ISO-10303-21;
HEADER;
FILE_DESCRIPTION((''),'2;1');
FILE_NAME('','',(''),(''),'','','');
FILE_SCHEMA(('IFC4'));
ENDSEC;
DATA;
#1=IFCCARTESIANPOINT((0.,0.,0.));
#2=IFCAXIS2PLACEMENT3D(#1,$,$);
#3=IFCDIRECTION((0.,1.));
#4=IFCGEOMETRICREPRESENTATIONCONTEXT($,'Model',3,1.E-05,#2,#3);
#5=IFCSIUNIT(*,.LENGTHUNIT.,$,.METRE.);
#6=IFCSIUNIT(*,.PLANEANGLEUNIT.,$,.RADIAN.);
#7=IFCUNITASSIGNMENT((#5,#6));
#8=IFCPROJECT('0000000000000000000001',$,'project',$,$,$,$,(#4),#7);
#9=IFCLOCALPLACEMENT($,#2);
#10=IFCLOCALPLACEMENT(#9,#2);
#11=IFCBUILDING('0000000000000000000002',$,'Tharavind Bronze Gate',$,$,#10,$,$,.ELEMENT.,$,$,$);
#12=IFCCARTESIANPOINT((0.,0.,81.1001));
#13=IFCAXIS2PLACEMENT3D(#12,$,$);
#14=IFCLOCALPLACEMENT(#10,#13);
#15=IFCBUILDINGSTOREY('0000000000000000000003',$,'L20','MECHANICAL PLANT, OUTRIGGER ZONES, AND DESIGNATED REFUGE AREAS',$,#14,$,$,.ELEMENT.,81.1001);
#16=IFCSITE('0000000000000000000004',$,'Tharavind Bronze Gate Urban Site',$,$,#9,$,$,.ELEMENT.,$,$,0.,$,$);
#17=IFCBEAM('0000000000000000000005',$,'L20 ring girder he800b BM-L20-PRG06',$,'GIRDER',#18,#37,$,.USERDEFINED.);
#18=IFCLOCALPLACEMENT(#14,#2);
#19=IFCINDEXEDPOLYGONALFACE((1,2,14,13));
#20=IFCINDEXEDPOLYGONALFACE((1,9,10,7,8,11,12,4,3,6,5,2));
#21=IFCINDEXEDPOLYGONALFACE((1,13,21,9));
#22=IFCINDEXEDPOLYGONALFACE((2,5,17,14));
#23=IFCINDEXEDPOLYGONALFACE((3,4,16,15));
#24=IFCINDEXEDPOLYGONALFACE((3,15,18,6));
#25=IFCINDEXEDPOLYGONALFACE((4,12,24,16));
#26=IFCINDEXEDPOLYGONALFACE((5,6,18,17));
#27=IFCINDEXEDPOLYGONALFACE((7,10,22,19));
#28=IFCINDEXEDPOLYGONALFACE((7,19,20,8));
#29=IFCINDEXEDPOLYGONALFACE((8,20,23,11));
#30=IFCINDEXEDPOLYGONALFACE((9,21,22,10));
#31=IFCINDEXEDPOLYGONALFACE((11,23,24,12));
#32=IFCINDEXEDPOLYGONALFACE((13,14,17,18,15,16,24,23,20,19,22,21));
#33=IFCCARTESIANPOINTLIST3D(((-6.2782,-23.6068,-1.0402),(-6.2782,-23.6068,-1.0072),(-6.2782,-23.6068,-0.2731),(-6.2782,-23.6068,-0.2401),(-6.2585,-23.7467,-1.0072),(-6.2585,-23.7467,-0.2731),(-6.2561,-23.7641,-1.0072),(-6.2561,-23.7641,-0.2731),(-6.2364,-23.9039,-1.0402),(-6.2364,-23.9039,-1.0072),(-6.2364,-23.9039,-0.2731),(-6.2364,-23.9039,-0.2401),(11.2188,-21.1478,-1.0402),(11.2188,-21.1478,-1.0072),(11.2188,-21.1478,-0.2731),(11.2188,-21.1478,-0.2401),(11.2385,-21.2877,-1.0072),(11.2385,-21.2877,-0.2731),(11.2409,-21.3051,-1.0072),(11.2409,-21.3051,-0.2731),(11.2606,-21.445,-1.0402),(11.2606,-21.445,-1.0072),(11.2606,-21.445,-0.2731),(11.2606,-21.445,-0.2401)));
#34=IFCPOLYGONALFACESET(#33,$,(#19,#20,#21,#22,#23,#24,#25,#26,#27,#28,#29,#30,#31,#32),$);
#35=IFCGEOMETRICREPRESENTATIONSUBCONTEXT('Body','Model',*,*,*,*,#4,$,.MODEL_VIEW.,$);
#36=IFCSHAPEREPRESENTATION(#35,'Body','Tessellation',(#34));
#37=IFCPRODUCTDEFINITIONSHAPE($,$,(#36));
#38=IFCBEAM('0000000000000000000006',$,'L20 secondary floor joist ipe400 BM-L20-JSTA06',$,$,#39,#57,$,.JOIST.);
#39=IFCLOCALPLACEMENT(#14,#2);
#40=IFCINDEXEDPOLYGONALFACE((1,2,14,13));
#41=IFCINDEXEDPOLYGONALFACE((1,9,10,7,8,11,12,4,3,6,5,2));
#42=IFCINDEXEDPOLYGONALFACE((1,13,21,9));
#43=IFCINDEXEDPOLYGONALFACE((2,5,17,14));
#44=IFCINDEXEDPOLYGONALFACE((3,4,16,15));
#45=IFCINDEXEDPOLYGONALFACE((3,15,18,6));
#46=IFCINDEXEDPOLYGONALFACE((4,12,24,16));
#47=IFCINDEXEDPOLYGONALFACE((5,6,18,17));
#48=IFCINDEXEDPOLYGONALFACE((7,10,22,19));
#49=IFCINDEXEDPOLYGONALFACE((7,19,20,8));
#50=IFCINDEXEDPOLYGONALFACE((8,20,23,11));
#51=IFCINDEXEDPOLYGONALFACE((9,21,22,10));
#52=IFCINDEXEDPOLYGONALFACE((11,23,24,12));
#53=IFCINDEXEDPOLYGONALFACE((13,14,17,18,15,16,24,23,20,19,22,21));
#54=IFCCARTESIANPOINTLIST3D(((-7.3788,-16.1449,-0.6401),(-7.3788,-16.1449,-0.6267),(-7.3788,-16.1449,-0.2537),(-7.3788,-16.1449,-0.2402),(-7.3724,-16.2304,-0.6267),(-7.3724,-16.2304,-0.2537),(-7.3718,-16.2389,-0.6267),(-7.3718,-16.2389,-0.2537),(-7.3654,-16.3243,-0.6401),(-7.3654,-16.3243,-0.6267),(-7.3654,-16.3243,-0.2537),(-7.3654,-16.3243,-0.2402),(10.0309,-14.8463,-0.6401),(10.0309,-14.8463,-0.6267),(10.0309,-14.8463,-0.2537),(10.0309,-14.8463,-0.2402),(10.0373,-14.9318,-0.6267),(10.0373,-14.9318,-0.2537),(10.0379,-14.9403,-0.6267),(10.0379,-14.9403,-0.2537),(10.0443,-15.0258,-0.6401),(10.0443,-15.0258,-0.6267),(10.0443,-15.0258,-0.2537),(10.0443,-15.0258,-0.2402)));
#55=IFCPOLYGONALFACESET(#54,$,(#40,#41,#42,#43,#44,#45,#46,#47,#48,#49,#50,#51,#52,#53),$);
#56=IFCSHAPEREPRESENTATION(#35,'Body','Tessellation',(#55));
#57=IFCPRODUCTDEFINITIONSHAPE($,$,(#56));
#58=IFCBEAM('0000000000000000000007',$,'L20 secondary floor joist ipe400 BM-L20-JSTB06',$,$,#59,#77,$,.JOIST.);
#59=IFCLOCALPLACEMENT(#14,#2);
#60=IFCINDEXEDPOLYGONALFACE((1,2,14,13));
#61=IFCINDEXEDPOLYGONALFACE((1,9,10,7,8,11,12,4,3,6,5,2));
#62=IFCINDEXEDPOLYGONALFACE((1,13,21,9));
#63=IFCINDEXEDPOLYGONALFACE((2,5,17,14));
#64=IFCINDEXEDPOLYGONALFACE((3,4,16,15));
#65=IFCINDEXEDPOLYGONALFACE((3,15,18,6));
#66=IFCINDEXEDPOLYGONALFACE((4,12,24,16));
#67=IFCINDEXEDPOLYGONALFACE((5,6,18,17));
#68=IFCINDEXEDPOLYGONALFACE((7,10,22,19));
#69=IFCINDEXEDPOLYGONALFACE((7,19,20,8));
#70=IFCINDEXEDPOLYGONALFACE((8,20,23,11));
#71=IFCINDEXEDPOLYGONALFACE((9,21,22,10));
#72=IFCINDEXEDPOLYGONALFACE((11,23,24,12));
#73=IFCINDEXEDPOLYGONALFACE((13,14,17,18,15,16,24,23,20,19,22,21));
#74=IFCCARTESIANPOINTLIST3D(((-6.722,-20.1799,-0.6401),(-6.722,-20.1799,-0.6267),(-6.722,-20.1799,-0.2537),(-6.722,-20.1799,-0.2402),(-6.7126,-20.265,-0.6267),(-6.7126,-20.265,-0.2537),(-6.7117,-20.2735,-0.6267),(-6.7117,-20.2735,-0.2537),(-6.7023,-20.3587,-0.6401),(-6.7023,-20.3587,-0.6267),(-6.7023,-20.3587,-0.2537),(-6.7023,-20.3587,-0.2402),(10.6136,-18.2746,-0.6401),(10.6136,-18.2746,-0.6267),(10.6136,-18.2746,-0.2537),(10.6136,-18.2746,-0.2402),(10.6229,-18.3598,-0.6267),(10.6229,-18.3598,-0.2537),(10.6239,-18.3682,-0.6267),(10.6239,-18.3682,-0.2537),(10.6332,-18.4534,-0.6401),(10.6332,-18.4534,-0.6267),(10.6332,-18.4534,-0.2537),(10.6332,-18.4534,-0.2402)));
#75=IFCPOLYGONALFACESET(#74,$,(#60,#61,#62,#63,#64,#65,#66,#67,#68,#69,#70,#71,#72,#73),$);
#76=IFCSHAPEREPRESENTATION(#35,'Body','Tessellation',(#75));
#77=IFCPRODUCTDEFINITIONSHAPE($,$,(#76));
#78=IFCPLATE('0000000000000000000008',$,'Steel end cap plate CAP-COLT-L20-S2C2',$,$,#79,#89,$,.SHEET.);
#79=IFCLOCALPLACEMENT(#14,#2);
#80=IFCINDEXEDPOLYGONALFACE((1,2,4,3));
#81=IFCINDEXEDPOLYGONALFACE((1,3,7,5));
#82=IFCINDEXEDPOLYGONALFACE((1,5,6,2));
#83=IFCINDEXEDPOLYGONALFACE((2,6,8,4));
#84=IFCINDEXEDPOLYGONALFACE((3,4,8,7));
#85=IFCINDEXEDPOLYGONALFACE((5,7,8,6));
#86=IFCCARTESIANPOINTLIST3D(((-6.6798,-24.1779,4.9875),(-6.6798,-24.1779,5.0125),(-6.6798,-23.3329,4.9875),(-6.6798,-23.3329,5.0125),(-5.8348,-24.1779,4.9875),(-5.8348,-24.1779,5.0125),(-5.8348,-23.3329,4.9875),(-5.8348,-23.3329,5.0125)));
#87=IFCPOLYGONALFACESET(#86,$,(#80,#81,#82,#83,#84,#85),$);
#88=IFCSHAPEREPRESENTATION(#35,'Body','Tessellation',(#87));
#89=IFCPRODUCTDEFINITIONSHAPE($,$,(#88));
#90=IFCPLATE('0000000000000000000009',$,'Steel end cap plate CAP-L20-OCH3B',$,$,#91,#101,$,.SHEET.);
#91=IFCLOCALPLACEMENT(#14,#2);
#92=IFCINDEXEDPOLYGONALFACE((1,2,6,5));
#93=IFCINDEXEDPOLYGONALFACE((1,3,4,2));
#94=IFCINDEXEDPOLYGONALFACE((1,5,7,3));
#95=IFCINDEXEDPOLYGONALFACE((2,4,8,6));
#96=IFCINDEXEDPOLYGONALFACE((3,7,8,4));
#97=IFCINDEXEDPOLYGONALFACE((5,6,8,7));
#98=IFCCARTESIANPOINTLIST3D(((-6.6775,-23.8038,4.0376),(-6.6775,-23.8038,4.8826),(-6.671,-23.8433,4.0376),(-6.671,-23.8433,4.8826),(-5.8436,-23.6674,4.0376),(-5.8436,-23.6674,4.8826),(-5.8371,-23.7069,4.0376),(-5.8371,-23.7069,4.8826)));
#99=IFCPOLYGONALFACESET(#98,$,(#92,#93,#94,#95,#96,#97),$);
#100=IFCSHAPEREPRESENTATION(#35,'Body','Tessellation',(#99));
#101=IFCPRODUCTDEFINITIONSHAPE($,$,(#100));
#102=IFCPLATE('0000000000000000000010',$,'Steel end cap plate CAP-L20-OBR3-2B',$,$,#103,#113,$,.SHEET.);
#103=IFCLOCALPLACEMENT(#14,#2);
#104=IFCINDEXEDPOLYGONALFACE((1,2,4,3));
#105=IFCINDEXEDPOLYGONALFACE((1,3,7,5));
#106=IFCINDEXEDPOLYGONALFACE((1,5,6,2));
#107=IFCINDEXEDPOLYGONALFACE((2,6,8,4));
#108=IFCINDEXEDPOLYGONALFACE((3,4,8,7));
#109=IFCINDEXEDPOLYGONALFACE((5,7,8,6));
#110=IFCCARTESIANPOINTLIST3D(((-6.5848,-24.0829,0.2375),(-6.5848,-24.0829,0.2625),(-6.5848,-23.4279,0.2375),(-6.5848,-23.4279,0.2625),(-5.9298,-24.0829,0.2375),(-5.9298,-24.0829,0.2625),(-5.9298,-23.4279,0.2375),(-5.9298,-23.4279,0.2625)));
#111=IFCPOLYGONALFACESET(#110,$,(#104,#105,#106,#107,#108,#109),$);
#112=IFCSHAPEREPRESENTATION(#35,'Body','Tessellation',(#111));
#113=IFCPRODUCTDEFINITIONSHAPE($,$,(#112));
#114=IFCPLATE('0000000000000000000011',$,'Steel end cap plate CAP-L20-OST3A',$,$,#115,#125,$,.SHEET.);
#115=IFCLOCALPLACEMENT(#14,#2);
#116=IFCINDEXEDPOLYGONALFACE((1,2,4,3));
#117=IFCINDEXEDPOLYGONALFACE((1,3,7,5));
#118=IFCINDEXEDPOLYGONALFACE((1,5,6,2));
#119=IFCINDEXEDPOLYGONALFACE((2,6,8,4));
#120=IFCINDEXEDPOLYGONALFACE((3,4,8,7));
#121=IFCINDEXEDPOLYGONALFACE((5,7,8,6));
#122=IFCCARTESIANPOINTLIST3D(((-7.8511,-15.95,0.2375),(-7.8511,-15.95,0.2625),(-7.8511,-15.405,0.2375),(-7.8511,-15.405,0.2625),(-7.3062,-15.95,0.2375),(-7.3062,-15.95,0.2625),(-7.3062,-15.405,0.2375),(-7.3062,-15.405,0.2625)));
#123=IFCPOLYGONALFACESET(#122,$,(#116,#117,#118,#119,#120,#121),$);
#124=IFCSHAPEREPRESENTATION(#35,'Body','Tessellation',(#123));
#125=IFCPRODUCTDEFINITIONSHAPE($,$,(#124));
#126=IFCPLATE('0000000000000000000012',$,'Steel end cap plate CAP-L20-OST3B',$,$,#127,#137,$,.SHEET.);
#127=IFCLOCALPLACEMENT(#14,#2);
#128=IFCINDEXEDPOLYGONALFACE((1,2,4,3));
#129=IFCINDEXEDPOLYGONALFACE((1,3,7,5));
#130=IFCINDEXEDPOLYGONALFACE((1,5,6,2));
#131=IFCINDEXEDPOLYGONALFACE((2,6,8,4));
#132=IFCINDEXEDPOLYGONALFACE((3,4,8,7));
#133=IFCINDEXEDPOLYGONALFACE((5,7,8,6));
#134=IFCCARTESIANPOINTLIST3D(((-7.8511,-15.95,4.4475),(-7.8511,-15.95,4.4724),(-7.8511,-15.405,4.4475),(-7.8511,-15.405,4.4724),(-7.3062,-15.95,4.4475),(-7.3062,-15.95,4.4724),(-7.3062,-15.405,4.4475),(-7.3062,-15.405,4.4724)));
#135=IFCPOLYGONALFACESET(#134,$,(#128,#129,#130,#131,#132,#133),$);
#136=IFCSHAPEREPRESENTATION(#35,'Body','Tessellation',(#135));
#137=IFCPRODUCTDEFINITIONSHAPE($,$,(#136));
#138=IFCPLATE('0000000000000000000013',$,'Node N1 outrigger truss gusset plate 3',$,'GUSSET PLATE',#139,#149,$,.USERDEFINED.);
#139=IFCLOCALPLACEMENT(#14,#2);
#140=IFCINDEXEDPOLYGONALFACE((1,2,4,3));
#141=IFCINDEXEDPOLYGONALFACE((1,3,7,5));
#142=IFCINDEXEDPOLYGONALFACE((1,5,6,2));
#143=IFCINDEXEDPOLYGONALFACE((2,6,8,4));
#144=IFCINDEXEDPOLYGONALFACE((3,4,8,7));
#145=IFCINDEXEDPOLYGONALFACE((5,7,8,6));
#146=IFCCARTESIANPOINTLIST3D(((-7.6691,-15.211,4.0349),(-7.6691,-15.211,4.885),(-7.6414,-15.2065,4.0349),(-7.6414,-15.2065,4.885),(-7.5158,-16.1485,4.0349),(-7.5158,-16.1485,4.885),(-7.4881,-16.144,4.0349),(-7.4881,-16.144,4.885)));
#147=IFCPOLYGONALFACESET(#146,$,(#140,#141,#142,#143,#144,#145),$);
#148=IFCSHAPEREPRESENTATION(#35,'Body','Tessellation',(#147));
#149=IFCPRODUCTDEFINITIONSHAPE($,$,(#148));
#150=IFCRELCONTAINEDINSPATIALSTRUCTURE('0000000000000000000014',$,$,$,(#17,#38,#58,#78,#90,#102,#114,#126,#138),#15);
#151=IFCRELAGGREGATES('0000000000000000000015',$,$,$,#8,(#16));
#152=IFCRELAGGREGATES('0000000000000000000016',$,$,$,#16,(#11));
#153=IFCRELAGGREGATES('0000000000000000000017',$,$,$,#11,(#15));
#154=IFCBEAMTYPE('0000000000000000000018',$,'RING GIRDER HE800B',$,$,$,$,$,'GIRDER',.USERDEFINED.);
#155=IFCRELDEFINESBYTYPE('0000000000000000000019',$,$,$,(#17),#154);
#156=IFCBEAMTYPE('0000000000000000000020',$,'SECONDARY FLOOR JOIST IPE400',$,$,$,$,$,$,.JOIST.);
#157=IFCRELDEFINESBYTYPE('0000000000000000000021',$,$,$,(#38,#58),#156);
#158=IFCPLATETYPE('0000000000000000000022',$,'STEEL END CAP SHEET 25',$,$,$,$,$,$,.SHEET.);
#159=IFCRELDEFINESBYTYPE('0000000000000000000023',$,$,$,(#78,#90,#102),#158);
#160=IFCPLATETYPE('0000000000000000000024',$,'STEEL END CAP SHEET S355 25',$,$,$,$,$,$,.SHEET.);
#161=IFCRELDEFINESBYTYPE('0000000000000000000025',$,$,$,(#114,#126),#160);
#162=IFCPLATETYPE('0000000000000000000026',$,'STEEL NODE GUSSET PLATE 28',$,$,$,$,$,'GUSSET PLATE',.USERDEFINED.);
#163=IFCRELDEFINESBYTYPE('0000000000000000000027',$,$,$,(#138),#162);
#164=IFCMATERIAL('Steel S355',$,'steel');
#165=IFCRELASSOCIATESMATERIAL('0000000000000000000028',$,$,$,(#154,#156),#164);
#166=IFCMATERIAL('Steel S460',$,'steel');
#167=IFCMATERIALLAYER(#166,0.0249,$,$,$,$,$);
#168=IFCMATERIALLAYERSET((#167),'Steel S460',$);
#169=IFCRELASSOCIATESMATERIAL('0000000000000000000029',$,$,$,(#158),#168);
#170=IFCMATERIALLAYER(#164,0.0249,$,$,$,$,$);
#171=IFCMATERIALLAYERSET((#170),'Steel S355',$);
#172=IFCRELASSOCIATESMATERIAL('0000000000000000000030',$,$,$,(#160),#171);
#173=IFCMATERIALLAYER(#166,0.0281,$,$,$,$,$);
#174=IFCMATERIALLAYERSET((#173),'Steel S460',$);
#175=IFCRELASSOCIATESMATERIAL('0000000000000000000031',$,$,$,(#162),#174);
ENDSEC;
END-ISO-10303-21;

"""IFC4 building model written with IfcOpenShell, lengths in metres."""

from ifc_helpers import new_model, si_unit, direction, frame, origin, origin_2d, place, context, subcontext, project, spatial, rectangle, i_section, extrude, material, layer, layer_set, material_profile, profile_set, type_object, element, save


model = new_model("IFC4")

# Units and contexts
model_context = context("Model", 3, precision=1e-05, world=origin(), true_north=direction((0.0, 1.0)))
body_context = subcontext(model_context, "Body", "Model", "MODEL_VIEW")
ifc_project = project(units=[si_unit("LENGTHUNIT", "METRE"), si_unit("PLANEANGLEUNIT", "RADIAN")], contexts=[model_context])

# Site, building, storey
site_placement = place(None, origin())
site = spatial("IfcSite", under=ifc_project, at=site_placement, Name="Tharavind Bronze Gate Urban Site", CompositionType="ELEMENT", RefElevation=0.0)
building_placement = place(site_placement, origin())
building = spatial("IfcBuilding", under=site, at=building_placement, Name="Tharavind Bronze Gate", CompositionType="ELEMENT")
storey_placement = place(building_placement, frame((0.0, 0.0, 81.1001)))
storey = spatial("IfcBuildingStorey", under=building, at=storey_placement, Name="L20", Description="MECHANICAL PLANT, OUTRIGGER ZONES, AND DESIGNATED REFUGE AREAS", CompositionType="ELEMENT", Elevation=81.1001)

# Shared definitions
ifc_material_1 = material(Name="Steel S460", Category="steel")

# Beams
ifc_material_2 = material(Name="Steel S355", Category="steel")
ifc_material_profile_1 = material_profile(ifc_material_2, i_section(OverallWidth=0.3, OverallDepth=0.8, WebThickness=0.0176, FlangeThickness=0.033, at=origin_2d()), Name="HE800B")
ifc_profile_set_1 = profile_set([ifc_material_profile_1], Name="Steel S355")
beam_type_1 = type_object("IfcBeamType", Name="RING GIRDER HE800B", ElementType="GIRDER", PredefinedType="USERDEFINED", material=ifc_profile_set_1)
beam_1_placement = place(storey_placement, frame((-6.2573, -23.7554, -0.6401), z_axis=(0.990269, 0.139169, 0.0), x_axis=(-0.139169, 0.990269, 0.0)))
element("IfcBeam", 1, at=beam_1_placement, inside=storey, type_object=beam_type_1, Name="L20 ring girder he800b BM-L20-PRG06", ObjectType="GIRDER", PredefinedType="USERDEFINED", context=body_context, shape_type="SweptSolid", body=[
    extrude(i_section(OverallWidth=0.3, OverallDepth=0.8, WebThickness=0.0176, FlangeThickness=0.033, at=origin_2d()), origin(), (0.0, 0.0, 1.0), 17.6689),
])
ifc_material_profile_2 = material_profile(ifc_material_2, i_section(OverallWidth=0.1799, OverallDepth=0.3999, WebThickness=0.0085, FlangeThickness=0.0134, at=origin_2d()), Name="IPE400")
ifc_profile_set_2 = profile_set([ifc_material_profile_2], Name="Steel S355")
beam_type_2 = type_object("IfcBeamType", Name="SECONDARY FLOOR JOIST IPE400", PredefinedType="JOIST", material=ifc_profile_set_2)
beam_2_placement = place(storey_placement, frame((-7.3721, -16.2346, -0.4402), z_axis=(0.99723, 0.074383, 0.0), x_axis=(-0.074383, 0.99723, 0.0)))
element("IfcBeam", 2, at=beam_2_placement, inside=storey, type_object=beam_type_2, Name="L20 secondary floor joist ipe400 BM-L20-JSTA06", PredefinedType="JOIST", context=body_context, shape_type="SweptSolid", body=[
    extrude(i_section(OverallWidth=0.1799, OverallDepth=0.3999, WebThickness=0.0085, FlangeThickness=0.0134, at=origin_2d()), origin(), (0.0, 0.0, 1.0), 17.458),
])
beam_3_placement = place(storey_placement, frame((-6.7122, -20.2693, -0.4402), z_axis=(0.994014, 0.109248, 0.0), x_axis=(-0.109248, 0.994014, 0.0)))
element("IfcBeam", 3, at=beam_3_placement, inside=storey, type_object=beam_type_2, Name="L20 secondary floor joist ipe400 BM-L20-JSTB06", PredefinedType="JOIST", context=body_context, shape_type="SweptSolid", body=[
    extrude(i_section(OverallWidth=0.1799, OverallDepth=0.3999, WebThickness=0.0085, FlangeThickness=0.0134, at=origin_2d()), origin(), (0.0, 0.0, 1.0), 17.4399),
])

# Plates
ifc_layer_1 = layer(ifc_material_1, 0.0249)
ifc_layer_set_1 = layer_set([ifc_layer_1], Name="Steel S460")
plate_type_1 = type_object("IfcPlateType", Name="STEEL END CAP SHEET 25", PredefinedType="SHEET", material=ifc_layer_set_1)
plate_1_placement = place(storey_placement, frame((-6.2573, -23.7554, 4.9875), z_axis=(0.0, 0.0, 1.0), x_axis=(1.0, 0.0, 0.0)))
element("IfcPlate", 4, at=plate_1_placement, inside=storey, type_object=plate_type_1, Name="Steel end cap plate CAP-COLT-L20-S2C2", PredefinedType="SHEET", context=body_context, shape_type="SweptSolid", body=[
    extrude(rectangle(XDim=0.845, YDim=0.845, at=origin_2d()), origin(), (0.0, 0.0, 1.0), 0.0249),
])
plate_2_placement = place(storey_placement, frame((-6.2573, -23.7554, 4.0376), z_axis=(0.0, 0.0, 1.0), x_axis=(-0.16143, 0.986884, 0.0)))
element("IfcPlate", 5, at=plate_2_placement, inside=storey, type_object=plate_type_1, Name="Steel end cap plate CAP-L20-OCH3B", PredefinedType="SHEET", context=body_context, shape_type="SweptSolid", body=[
    extrude(rectangle(XDim=0.04, YDim=0.845, at=origin_2d()), origin(), (0.0, 0.0, 1.0), 0.845),
])
plate_3_placement = place(storey_placement, frame((-6.2573, -23.7554, 0.2375), z_axis=(0.0, 0.0, 1.0), x_axis=(1.0, 0.0, 0.0)))
element("IfcPlate", 6, at=plate_3_placement, inside=storey, type_object=plate_type_1, Name="Steel end cap plate CAP-L20-OBR3-2B", PredefinedType="SHEET", context=body_context, shape_type="SweptSolid", body=[
    extrude(rectangle(XDim=0.655, YDim=0.655, at=origin_2d()), origin(), (0.0, 0.0, 1.0), 0.0249),
])
ifc_layer_2 = layer(ifc_material_2, 0.0249)
ifc_layer_set_2 = layer_set([ifc_layer_2], Name="Steel S355")
plate_type_2 = type_object("IfcPlateType", Name="STEEL END CAP SHEET S355 25", PredefinedType="SHEET", material=ifc_layer_set_2)
for number, where, z_axis, x_axis, name in (
    (7, (-7.5786, -15.6775, 0.2375), (0.0, 0.0, 1.0), (1.0, 0.0, 0.0), "Steel end cap plate CAP-L20-OST3A"),
    (8, (-7.5786, -15.6775, 4.4475), (0.0, 0.0, 1.0), (1.0, 0.0, 0.0), "Steel end cap plate CAP-L20-OST3B"),
):
    element("IfcPlate", number, at=place(storey_placement, frame(where, z_axis=z_axis, x_axis=x_axis)), inside=storey, type_object=plate_type_2, Name=name, PredefinedType="SHEET", context=body_context, shape_type="SweptSolid", body=[
        extrude(rectangle(XDim=0.5449, YDim=0.5449, at=origin_2d()), origin(), (0.0, 0.0, 1.0), 0.0249),
    ])
ifc_layer_3 = layer(ifc_material_1, 0.0281)
ifc_layer_set_3 = layer_set([ifc_layer_3], Name="Steel S460")
plate_type_3 = type_object("IfcPlateType", Name="STEEL NODE GUSSET PLATE 28", ElementType="GUSSET PLATE", PredefinedType="USERDEFINED", material=ifc_layer_set_3)
plate_4_placement = place(storey_placement, frame((-7.5786, -15.6775, 4.0349), z_axis=(0.0, 0.0, 1.0), x_axis=(-0.16143, 0.986884, 0.0)))
element("IfcPlate", 9, at=plate_4_placement, inside=storey, type_object=plate_type_3, Name="Node N1 outrigger truss gusset plate 3", ObjectType="GUSSET PLATE", PredefinedType="USERDEFINED", context=body_context, shape_type="SweptSolid", body=[
    extrude(rectangle(XDim=0.95, YDim=0.0281, at=origin_2d()), origin(), (0.0, 0.0, 1.0), 0.8501),
])

save(model, "model.ifc")
